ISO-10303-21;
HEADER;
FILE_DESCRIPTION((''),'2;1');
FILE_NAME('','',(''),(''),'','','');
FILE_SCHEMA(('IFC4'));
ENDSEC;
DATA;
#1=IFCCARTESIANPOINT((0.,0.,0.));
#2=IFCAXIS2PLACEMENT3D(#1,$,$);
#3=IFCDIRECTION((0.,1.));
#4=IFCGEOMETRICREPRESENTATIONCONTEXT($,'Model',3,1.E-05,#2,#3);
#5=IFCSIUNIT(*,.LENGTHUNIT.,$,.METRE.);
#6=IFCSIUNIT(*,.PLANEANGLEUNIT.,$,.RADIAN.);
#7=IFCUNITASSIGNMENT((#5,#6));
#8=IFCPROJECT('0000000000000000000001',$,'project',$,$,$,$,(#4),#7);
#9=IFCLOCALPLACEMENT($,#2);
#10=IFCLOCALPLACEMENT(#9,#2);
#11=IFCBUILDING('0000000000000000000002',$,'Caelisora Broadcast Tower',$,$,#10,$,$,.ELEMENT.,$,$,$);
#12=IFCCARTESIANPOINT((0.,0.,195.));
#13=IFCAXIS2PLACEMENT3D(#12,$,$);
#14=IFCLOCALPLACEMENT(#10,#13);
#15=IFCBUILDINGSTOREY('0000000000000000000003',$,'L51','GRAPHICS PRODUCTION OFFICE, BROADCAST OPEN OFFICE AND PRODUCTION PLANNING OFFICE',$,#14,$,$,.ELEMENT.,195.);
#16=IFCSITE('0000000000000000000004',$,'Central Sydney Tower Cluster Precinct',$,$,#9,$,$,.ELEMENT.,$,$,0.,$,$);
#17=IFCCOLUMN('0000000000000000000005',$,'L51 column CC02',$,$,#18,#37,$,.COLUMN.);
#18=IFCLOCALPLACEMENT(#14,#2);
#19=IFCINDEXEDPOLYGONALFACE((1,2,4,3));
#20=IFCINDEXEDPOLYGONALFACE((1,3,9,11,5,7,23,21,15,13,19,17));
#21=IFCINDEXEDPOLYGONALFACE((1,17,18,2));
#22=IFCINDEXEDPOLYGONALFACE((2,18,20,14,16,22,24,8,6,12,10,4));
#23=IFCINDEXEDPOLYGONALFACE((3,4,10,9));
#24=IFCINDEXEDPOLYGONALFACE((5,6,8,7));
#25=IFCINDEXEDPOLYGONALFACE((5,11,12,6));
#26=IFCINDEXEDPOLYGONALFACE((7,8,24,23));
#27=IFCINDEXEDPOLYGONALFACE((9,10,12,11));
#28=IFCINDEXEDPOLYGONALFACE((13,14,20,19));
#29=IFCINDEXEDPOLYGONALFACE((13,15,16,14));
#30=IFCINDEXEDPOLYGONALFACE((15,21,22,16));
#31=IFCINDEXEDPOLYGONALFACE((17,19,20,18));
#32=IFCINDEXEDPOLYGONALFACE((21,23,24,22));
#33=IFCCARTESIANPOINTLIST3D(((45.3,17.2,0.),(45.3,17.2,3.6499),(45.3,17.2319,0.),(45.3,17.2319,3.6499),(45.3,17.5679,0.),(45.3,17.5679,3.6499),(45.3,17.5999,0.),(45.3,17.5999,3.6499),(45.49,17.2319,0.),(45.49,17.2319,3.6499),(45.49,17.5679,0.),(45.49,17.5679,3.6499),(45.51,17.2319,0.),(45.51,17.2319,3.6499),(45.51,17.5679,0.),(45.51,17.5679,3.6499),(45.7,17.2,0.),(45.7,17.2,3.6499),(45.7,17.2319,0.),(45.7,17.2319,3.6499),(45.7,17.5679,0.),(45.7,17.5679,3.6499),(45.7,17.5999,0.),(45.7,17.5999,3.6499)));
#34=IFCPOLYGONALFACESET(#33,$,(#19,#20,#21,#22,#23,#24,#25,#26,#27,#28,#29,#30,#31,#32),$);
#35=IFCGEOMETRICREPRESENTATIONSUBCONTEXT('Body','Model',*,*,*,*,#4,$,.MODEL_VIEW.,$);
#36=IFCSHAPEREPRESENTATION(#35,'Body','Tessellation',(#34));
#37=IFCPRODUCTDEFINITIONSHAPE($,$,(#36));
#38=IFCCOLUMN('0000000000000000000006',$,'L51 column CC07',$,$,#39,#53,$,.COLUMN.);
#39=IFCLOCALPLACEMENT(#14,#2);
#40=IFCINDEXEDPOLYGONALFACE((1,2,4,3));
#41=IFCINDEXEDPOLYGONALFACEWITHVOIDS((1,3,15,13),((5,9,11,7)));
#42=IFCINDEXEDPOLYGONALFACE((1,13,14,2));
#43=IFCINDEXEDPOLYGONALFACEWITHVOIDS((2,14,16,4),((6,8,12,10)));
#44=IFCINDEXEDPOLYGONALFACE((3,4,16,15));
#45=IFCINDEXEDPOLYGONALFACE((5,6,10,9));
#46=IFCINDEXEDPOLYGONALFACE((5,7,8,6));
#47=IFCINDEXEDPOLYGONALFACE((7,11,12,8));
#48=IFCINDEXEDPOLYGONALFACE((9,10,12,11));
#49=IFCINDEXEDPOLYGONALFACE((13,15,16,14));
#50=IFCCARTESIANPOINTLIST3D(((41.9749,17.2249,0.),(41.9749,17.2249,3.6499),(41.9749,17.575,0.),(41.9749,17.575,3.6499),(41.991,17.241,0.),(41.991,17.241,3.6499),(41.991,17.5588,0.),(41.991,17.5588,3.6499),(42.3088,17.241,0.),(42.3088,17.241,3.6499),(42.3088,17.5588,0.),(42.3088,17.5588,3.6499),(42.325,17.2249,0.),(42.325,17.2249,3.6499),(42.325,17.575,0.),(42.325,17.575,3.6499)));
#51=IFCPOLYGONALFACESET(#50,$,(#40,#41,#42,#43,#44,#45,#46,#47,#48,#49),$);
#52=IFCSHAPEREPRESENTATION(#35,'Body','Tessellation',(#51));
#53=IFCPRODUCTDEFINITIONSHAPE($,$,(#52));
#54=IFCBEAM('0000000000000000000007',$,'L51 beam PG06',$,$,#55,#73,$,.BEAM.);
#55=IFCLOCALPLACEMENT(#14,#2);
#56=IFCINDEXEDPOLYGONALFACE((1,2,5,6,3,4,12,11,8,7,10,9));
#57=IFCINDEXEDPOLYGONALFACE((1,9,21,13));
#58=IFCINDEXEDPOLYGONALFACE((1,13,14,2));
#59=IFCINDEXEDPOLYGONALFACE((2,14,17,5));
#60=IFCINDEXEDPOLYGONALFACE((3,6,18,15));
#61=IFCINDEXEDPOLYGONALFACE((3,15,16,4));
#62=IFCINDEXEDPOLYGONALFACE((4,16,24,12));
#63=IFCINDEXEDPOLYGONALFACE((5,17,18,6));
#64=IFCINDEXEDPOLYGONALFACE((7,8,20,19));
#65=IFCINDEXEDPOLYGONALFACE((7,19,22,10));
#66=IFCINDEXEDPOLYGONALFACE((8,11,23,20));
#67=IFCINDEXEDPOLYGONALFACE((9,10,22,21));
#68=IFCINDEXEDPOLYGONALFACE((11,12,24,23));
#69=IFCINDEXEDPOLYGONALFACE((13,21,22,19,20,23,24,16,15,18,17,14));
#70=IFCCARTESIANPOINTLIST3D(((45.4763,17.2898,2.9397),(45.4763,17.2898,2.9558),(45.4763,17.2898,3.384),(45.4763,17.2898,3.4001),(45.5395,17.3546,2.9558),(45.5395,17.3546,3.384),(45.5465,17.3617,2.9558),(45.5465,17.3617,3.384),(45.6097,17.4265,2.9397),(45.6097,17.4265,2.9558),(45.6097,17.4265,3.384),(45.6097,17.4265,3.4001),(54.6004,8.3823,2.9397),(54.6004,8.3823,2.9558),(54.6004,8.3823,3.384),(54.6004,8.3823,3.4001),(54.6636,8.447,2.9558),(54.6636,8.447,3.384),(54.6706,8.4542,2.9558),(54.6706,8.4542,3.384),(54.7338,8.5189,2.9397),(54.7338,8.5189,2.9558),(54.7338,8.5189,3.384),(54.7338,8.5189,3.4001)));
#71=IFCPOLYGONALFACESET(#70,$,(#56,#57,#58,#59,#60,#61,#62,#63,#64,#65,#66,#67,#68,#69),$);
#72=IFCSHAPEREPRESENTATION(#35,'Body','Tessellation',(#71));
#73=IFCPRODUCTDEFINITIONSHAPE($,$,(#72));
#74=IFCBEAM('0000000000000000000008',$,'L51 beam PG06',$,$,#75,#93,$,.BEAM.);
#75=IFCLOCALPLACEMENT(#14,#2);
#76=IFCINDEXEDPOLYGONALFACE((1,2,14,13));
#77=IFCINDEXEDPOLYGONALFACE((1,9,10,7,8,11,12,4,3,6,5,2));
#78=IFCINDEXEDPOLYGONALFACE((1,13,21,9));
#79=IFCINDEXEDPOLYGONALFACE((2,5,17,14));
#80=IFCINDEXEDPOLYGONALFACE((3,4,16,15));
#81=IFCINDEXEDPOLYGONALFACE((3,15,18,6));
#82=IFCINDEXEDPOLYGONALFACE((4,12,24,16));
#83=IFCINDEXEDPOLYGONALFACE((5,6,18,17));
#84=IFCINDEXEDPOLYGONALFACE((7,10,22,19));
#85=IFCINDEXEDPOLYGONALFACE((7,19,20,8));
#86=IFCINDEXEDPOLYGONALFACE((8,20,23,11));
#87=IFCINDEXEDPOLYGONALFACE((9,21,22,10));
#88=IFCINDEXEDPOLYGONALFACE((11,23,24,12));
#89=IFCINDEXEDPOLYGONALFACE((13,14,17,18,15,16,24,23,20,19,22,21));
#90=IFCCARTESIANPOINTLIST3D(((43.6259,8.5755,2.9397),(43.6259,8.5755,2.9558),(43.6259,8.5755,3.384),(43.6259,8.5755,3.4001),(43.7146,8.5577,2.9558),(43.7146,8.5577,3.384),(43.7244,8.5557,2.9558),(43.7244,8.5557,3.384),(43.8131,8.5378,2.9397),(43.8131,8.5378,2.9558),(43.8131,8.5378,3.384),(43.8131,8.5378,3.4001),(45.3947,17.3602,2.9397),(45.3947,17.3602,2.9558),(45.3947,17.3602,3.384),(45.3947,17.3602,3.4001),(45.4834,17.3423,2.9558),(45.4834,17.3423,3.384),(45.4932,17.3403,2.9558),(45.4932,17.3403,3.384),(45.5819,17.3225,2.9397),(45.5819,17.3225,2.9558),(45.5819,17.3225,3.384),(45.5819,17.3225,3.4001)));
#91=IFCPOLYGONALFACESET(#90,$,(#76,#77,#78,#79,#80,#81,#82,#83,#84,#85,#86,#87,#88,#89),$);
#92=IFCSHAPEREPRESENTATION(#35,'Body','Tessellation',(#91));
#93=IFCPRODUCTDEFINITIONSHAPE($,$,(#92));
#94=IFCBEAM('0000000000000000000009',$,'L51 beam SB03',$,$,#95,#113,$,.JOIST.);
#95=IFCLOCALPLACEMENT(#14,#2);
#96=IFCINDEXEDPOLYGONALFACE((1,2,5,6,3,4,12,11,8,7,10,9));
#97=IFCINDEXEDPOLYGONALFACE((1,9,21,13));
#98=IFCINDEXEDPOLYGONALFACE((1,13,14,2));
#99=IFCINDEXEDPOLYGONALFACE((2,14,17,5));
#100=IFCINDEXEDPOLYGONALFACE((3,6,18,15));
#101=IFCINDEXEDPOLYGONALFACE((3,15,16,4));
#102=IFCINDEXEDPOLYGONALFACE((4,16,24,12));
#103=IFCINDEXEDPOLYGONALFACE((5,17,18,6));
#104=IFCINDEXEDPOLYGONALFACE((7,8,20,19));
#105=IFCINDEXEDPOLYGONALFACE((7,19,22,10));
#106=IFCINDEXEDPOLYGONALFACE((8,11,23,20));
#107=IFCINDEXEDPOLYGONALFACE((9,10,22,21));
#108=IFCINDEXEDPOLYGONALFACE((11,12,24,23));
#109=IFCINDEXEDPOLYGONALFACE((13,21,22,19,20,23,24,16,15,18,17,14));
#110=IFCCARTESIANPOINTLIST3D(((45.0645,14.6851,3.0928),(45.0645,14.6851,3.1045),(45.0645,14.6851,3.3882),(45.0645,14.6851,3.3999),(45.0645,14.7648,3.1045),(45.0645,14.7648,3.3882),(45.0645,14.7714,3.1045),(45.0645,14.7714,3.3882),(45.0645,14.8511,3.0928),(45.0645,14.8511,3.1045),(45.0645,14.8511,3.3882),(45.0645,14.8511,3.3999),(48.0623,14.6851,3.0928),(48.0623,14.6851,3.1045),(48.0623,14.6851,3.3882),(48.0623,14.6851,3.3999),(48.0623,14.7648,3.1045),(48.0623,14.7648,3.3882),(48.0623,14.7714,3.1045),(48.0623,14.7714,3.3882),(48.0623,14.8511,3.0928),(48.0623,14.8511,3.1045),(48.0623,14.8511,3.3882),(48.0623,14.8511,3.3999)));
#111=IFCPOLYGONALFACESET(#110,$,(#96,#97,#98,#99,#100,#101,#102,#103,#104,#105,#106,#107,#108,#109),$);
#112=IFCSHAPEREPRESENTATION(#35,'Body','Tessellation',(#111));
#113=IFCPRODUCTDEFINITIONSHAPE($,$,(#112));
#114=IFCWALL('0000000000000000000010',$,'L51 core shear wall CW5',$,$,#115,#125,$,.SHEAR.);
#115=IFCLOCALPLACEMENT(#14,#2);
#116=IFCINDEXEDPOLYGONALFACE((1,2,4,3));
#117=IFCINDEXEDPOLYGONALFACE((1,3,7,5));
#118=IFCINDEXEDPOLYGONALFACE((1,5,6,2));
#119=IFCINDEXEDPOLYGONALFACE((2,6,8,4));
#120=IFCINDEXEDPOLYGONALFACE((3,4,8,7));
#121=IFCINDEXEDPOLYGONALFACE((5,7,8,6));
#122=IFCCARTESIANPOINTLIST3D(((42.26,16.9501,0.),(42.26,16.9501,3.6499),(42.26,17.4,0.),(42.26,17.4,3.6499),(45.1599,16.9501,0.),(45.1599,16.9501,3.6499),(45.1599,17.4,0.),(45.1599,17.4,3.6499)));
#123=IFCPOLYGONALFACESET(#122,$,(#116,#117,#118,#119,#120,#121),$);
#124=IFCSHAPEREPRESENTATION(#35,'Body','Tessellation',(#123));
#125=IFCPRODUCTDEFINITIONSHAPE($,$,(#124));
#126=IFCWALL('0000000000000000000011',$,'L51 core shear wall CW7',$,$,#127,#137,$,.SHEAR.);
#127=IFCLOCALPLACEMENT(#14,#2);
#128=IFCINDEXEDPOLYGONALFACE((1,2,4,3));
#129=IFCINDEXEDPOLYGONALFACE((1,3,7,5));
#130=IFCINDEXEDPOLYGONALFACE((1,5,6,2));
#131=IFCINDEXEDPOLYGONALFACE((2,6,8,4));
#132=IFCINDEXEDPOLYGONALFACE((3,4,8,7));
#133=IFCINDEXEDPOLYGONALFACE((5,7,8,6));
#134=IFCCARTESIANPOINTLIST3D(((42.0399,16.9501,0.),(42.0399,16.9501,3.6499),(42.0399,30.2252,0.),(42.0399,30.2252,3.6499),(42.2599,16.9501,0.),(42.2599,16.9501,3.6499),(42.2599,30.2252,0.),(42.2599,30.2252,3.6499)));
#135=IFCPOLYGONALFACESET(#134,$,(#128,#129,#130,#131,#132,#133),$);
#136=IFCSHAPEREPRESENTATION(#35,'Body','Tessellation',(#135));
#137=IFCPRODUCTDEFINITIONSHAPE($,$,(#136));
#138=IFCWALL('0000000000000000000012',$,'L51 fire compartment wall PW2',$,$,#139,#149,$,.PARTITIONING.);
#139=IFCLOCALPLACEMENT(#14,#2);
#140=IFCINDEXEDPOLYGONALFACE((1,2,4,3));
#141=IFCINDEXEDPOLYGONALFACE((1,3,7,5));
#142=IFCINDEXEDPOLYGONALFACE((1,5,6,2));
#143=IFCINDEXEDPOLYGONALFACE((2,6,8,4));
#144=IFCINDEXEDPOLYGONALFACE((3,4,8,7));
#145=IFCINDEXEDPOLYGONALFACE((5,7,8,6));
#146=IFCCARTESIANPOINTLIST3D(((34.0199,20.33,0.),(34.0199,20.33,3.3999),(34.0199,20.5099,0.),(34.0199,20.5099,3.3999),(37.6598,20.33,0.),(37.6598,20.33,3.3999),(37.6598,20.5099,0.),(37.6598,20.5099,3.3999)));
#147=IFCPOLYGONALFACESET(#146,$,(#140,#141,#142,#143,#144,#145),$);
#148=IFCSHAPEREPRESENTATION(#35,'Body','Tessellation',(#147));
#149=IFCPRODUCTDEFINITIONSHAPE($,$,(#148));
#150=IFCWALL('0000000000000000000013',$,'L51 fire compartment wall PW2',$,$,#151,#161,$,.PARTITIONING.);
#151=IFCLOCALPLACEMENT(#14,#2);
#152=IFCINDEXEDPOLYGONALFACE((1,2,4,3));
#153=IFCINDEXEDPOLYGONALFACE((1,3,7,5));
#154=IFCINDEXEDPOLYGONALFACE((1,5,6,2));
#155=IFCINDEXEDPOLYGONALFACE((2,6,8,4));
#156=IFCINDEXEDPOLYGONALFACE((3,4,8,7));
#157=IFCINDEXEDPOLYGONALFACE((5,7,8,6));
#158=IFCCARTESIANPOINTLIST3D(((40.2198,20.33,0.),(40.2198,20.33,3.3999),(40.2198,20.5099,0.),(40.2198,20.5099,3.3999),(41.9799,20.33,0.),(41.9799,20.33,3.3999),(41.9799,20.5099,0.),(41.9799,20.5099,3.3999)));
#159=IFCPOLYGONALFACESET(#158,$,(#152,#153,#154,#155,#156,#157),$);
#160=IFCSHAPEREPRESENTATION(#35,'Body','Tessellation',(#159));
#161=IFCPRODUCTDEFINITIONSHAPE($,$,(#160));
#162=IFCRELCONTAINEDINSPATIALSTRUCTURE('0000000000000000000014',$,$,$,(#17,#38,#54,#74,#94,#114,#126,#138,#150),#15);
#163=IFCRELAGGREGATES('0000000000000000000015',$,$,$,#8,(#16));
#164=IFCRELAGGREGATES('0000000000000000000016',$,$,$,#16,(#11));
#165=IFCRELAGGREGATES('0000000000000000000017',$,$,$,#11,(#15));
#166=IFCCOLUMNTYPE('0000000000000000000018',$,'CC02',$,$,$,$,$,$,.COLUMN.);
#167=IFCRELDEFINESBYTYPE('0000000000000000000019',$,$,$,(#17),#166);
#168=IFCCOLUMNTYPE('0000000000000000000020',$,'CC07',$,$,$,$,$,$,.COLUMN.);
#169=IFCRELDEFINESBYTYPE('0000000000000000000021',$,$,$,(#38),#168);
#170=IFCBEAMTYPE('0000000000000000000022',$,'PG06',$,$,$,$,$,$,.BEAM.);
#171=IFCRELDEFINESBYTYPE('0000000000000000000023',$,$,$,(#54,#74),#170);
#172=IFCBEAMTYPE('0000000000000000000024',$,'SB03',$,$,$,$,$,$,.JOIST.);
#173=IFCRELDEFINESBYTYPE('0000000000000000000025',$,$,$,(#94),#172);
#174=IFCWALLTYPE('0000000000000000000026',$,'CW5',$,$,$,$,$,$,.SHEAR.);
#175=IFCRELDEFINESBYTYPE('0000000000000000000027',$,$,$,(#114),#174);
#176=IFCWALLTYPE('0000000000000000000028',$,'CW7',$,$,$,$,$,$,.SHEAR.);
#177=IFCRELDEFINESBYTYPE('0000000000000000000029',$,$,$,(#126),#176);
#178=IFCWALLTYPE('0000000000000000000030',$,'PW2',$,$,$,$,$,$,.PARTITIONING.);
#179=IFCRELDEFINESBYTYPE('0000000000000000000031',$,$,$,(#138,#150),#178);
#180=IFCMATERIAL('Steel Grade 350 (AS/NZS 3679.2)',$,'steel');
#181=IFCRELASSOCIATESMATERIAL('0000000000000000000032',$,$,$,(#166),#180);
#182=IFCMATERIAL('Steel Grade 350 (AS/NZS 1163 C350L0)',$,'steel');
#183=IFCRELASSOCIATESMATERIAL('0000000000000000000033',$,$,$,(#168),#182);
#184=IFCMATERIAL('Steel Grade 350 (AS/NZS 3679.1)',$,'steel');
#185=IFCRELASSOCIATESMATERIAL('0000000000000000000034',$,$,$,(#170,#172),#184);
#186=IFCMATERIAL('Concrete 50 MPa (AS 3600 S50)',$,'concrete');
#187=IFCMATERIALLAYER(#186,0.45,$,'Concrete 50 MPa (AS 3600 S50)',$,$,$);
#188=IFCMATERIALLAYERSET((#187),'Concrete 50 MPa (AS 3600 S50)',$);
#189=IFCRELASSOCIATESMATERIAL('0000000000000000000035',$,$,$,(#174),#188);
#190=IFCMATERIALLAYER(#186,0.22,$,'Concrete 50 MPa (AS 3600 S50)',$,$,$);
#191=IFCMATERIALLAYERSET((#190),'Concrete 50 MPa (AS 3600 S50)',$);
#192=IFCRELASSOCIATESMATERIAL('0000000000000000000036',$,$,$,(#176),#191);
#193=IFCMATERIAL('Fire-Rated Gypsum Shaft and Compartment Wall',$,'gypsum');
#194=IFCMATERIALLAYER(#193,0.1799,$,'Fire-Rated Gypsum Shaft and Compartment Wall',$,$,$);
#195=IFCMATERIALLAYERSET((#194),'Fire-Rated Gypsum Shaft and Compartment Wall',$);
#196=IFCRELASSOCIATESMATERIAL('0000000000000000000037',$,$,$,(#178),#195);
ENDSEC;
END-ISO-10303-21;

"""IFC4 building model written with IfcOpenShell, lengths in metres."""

from ifc_helpers import new_model, si_unit, direction, frame, frame_2d, origin, origin_2d, place, context, subcontext, project, spatial, rectangle, hollow_rectangle, i_section, extrude, source, transform, mapped, material, layer, layer_set, material_profile, profile_set, type_object, type_shapes, element, save


model = new_model("IFC4")

# Units and contexts
model_context = context("Model", 3, precision=1e-05, world=origin(), true_north=direction((0.0, 1.0)))
body_context = subcontext(model_context, "Body", "Model", "MODEL_VIEW")
ifc_project = project(units=[si_unit("LENGTHUNIT", "METRE"), si_unit("PLANEANGLEUNIT", "RADIAN")], contexts=[model_context])

# Site, building, storey
site_placement = place(None, origin())
site = spatial("IfcSite", under=ifc_project, at=site_placement, Name="Central Sydney Tower Cluster Precinct", CompositionType="ELEMENT", RefElevation=0.0)
building_placement = place(site_placement, origin())
building = spatial("IfcBuilding", under=site, at=building_placement, Name="Caelisora Broadcast Tower", CompositionType="ELEMENT")
storey_placement = place(building_placement, frame((0.0, 0.0, 195.0)))
storey = spatial("IfcBuildingStorey", under=building, at=storey_placement, Name="L51", Description="GRAPHICS PRODUCTION OFFICE, BROADCAST OPEN OFFICE AND PRODUCTION PLANNING OFFICE", CompositionType="ELEMENT", Elevation=195.0)

# Columns
ifc_material_1 = material(Name="Steel Grade 350 (AS/NZS 3679.2)", Category="steel")
ifc_material_profile_1 = material_profile(ifc_material_1, i_section(OverallWidth=0.3999, OverallDepth=0.3999, WebThickness=0.02, FlangeThickness=0.032, at=origin_2d()), Name="Steel Grade 350 (AS/NZS 3679.2)")
ifc_profile_set_1 = profile_set([ifc_material_profile_1], Name="Steel Grade 350 (AS/NZS 3679.2)")
column_type_1 = type_object("IfcColumnType", Name="CC02", PredefinedType="COLUMN", material=ifc_profile_set_1)
shared_shape_1 = source(origin(), body_context, "Body", "SweptSolid", [
    extrude(i_section(OverallWidth=0.3999, OverallDepth=0.3999, WebThickness=0.02, FlangeThickness=0.032, at=origin_2d()), origin(), (0.0, 0.0, 1.0), 3.6499),
])
type_shapes(column_type_1, [shared_shape_1])
column_1_placement = place(storey_placement, frame((45.5, 17.3999, 0.0), z_axis=(0.0, 0.0, 1.0), x_axis=(1.0, 0.0, 0.0)))
element("IfcColumn", 1, at=column_1_placement, inside=storey, type_object=column_type_1, Name="L51 column CC02", PredefinedType="COLUMN", context=body_context, shape_type="MappedRepresentation", body=[
    mapped(shared_shape_1, transform((0.0, 0.0, 0.0), scale=1.0)),
])
ifc_material_2 = material(Name="Steel Grade 350 (AS/NZS 1163 C350L0)", Category="steel")
ifc_material_profile_2 = material_profile(ifc_material_2, hollow_rectangle(XDim=0.3501, YDim=0.3501, WallThickness=0.0161, at=origin_2d()), Name="Steel Grade 350 (AS/NZS 1163 C350L0)")
ifc_profile_set_2 = profile_set([ifc_material_profile_2], Name="Steel Grade 350 (AS/NZS 1163 C350L0)")
column_type_2 = type_object("IfcColumnType", Name="CC07", PredefinedType="COLUMN", material=ifc_profile_set_2)
shared_shape_2 = source(origin(), body_context, "Body", "SweptSolid", [
    extrude(hollow_rectangle(XDim=0.3501, YDim=0.3501, WallThickness=0.0161, at=origin_2d()), origin(), (0.0, 0.0, 1.0), 3.6499),
])
type_shapes(column_type_2, [shared_shape_2])
column_2_placement = place(storey_placement, frame((42.1499, 17.3999, 0.0), z_axis=(0.0, 0.0, 1.0), x_axis=(1.0, 0.0, 0.0)))
element("IfcColumn", 2, at=column_2_placement, inside=storey, type_object=column_type_2, Name="L51 column CC07", PredefinedType="COLUMN", context=body_context, shape_type="MappedRepresentation", body=[
    mapped(shared_shape_2, transform((0.0, 0.0, 0.0), scale=1.0)),
])

# Beams
ifc_material_3 = material(Name="Steel Grade 350 (AS/NZS 3679.1)", Category="steel")
ifc_material_profile_3 = material_profile(ifc_material_3, i_section(OverallWidth=0.1909, OverallDepth=0.4604, WebThickness=0.01, FlangeThickness=0.0161, at=origin_2d()), Name="Steel Grade 350 (AS/NZS 3679.1)")
ifc_profile_set_3 = profile_set([ifc_material_profile_3], Name="Steel Grade 350 (AS/NZS 3679.1)")
beam_type_1 = type_object("IfcBeamType", Name="PG06", PredefinedType="BEAM", material=ifc_profile_set_3)
shared_shape_3 = source(origin(), body_context, "Body", "SweptSolid", [
    extrude(i_section(OverallWidth=0.1909, OverallDepth=0.4604, WebThickness=0.01, FlangeThickness=0.0161, at=origin_2d()), origin(), (0.0, 0.0, 1.0), 12.7512),
])
beam_1_placement = place(storey_placement, frame((45.543, 17.3582, 3.1699), z_axis=(0.715547, -0.698564, 0.0), x_axis=(0.698564, 0.715547, 0.0)))
element("IfcBeam", 3, at=beam_1_placement, inside=storey, type_object=beam_type_1, Name="L51 beam PG06", PredefinedType="BEAM", context=body_context, shape_type="MappedRepresentation", body=[
    mapped(shared_shape_3, transform((0.0, 0.0, 0.0), scale=1.0)),
])
shared_shape_4 = source(origin(), body_context, "Body", "SweptSolid", [
    extrude(i_section(OverallWidth=0.1909, OverallDepth=0.4604, WebThickness=0.01, FlangeThickness=0.0161, at=origin_2d()), origin(), (0.0, 0.0, 1.0), 8.9609),
])
type_shapes(beam_type_1, [shared_shape_3, shared_shape_4])
beam_2_placement = place(storey_placement, frame((45.4883, 17.3413, 3.1699), z_axis=(-0.197389, -0.980325, 0.0), x_axis=(0.980325, -0.197389, 0.0)))
element("IfcBeam", 4, at=beam_2_placement, inside=storey, type_object=beam_type_1, Name="L51 beam PG06", PredefinedType="BEAM", context=body_context, shape_type="MappedRepresentation", body=[
    mapped(shared_shape_4, transform((0.0, 0.0, 0.0), scale=1.0)),
])
ifc_material_profile_4 = material_profile(ifc_material_3, i_section(OverallWidth=0.166, OverallDepth=0.3071, WebThickness=0.0066, FlangeThickness=0.0117, at=origin_2d()), Name="Steel Grade 350 (AS/NZS 3679.1)")
ifc_profile_set_4 = profile_set([ifc_material_profile_4], Name="Steel Grade 350 (AS/NZS 3679.1)")
beam_type_2 = type_object("IfcBeamType", Name="SB03", PredefinedType="JOIST", material=ifc_profile_set_4)
shared_shape_5 = source(origin(), body_context, "Body", "SweptSolid", [
    extrude(i_section(OverallWidth=0.166, OverallDepth=0.3071, WebThickness=0.0066, FlangeThickness=0.0117, at=origin_2d()), origin(), (0.0, 0.0, 1.0), 2.9978),
])
type_shapes(beam_type_2, [shared_shape_5])
beam_3_placement = place(storey_placement, frame((45.0645, 14.7681, 3.2463), z_axis=(1.0, 0.0, 0.0), x_axis=(0.0, 1.0, 0.0)))
element("IfcBeam", 5, at=beam_3_placement, inside=storey, type_object=beam_type_2, Name="L51 beam SB03", PredefinedType="JOIST", context=body_context, shape_type="MappedRepresentation", body=[
    mapped(shared_shape_5, transform((0.0, 0.0, 0.0), scale=1.0)),
])

# Shared definitions
ifc_material_4 = material(Name="Concrete 50 MPa (AS 3600 S50)", Category="concrete")

# Walls
ifc_layer_1 = layer(ifc_material_4, 0.45, Name="Concrete 50 MPa (AS 3600 S50)")
ifc_layer_set_1 = layer_set([ifc_layer_1], Name="Concrete 50 MPa (AS 3600 S50)")
wall_type_1 = type_object("IfcWallType", Name="CW5", PredefinedType="SHEAR", material=ifc_layer_set_1)
wall_1_placement = place(storey_placement, frame((42.26, 17.175, 0.0), z_axis=(0.0, 0.0, 1.0), x_axis=(1.0, 0.0, 0.0)))
element("IfcWall", 6, at=wall_1_placement, inside=storey, type_object=wall_type_1, Name="L51 core shear wall CW5", PredefinedType="SHEAR", context=body_context, shape_type="SweptSolid", body=[
    extrude(rectangle(XDim=2.8999, YDim=0.45, at=frame_2d((1.45, 0.0))), origin(), (0.0, 0.0, 1.0), 3.6499),
])
ifc_layer_2 = layer(ifc_material_4, 0.22, Name="Concrete 50 MPa (AS 3600 S50)")
ifc_layer_set_2 = layer_set([ifc_layer_2], Name="Concrete 50 MPa (AS 3600 S50)")
wall_type_2 = type_object("IfcWallType", Name="CW7", PredefinedType="SHEAR", material=ifc_layer_set_2)
wall_2_placement = place(storey_placement, frame((42.1499, 16.95, 0.0), z_axis=(0.0, 0.0, 1.0), x_axis=(0.0, 1.0, 0.0)))
element("IfcWall", 7, at=wall_2_placement, inside=storey, type_object=wall_type_2, Name="L51 core shear wall CW7", PredefinedType="SHEAR", context=body_context, shape_type="SweptSolid", body=[
    extrude(rectangle(XDim=13.2751, YDim=0.22, at=frame_2d((6.6377, 0.0))), origin(), (0.0, 0.0, 1.0), 3.6499),
])
ifc_material_5 = material(Name="Fire-Rated Gypsum Shaft and Compartment Wall", Category="gypsum")
ifc_layer_3 = layer(ifc_material_5, 0.1799, Name="Fire-Rated Gypsum Shaft and Compartment Wall")
ifc_layer_set_3 = layer_set([ifc_layer_3], Name="Fire-Rated Gypsum Shaft and Compartment Wall")
wall_type_3 = type_object("IfcWallType", Name="PW2", PredefinedType="PARTITIONING", material=ifc_layer_set_3)
wall_3_placement = place(storey_placement, frame((34.02, 20.4199, 0.0), z_axis=(0.0, 0.0, 1.0), x_axis=(1.0, 0.0, 0.0)))
element("IfcWall", 8, at=wall_3_placement, inside=storey, type_object=wall_type_3, Name="L51 fire compartment wall PW2", PredefinedType="PARTITIONING", context=body_context, shape_type="SweptSolid", body=[
    extrude(rectangle(XDim=3.6399, YDim=0.1799, at=frame_2d((1.8198, 0.0))), origin(), (0.0, 0.0, 1.0), 3.3999),
])
wall_4_placement = place(storey_placement, frame((40.22, 20.4199, 0.0), z_axis=(0.0, 0.0, 1.0), x_axis=(1.0, 0.0, 0.0)))
element("IfcWall", 9, at=wall_4_placement, inside=storey, type_object=wall_type_3, Name="L51 fire compartment wall PW2", PredefinedType="PARTITIONING", context=body_context, shape_type="SweptSolid", body=[
    extrude(rectangle(XDim=1.76, YDim=0.1799, at=frame_2d((0.8799, 0.0))), origin(), (0.0, 0.0, 1.0), 3.3999),
])

save(model, "model.ifc")
